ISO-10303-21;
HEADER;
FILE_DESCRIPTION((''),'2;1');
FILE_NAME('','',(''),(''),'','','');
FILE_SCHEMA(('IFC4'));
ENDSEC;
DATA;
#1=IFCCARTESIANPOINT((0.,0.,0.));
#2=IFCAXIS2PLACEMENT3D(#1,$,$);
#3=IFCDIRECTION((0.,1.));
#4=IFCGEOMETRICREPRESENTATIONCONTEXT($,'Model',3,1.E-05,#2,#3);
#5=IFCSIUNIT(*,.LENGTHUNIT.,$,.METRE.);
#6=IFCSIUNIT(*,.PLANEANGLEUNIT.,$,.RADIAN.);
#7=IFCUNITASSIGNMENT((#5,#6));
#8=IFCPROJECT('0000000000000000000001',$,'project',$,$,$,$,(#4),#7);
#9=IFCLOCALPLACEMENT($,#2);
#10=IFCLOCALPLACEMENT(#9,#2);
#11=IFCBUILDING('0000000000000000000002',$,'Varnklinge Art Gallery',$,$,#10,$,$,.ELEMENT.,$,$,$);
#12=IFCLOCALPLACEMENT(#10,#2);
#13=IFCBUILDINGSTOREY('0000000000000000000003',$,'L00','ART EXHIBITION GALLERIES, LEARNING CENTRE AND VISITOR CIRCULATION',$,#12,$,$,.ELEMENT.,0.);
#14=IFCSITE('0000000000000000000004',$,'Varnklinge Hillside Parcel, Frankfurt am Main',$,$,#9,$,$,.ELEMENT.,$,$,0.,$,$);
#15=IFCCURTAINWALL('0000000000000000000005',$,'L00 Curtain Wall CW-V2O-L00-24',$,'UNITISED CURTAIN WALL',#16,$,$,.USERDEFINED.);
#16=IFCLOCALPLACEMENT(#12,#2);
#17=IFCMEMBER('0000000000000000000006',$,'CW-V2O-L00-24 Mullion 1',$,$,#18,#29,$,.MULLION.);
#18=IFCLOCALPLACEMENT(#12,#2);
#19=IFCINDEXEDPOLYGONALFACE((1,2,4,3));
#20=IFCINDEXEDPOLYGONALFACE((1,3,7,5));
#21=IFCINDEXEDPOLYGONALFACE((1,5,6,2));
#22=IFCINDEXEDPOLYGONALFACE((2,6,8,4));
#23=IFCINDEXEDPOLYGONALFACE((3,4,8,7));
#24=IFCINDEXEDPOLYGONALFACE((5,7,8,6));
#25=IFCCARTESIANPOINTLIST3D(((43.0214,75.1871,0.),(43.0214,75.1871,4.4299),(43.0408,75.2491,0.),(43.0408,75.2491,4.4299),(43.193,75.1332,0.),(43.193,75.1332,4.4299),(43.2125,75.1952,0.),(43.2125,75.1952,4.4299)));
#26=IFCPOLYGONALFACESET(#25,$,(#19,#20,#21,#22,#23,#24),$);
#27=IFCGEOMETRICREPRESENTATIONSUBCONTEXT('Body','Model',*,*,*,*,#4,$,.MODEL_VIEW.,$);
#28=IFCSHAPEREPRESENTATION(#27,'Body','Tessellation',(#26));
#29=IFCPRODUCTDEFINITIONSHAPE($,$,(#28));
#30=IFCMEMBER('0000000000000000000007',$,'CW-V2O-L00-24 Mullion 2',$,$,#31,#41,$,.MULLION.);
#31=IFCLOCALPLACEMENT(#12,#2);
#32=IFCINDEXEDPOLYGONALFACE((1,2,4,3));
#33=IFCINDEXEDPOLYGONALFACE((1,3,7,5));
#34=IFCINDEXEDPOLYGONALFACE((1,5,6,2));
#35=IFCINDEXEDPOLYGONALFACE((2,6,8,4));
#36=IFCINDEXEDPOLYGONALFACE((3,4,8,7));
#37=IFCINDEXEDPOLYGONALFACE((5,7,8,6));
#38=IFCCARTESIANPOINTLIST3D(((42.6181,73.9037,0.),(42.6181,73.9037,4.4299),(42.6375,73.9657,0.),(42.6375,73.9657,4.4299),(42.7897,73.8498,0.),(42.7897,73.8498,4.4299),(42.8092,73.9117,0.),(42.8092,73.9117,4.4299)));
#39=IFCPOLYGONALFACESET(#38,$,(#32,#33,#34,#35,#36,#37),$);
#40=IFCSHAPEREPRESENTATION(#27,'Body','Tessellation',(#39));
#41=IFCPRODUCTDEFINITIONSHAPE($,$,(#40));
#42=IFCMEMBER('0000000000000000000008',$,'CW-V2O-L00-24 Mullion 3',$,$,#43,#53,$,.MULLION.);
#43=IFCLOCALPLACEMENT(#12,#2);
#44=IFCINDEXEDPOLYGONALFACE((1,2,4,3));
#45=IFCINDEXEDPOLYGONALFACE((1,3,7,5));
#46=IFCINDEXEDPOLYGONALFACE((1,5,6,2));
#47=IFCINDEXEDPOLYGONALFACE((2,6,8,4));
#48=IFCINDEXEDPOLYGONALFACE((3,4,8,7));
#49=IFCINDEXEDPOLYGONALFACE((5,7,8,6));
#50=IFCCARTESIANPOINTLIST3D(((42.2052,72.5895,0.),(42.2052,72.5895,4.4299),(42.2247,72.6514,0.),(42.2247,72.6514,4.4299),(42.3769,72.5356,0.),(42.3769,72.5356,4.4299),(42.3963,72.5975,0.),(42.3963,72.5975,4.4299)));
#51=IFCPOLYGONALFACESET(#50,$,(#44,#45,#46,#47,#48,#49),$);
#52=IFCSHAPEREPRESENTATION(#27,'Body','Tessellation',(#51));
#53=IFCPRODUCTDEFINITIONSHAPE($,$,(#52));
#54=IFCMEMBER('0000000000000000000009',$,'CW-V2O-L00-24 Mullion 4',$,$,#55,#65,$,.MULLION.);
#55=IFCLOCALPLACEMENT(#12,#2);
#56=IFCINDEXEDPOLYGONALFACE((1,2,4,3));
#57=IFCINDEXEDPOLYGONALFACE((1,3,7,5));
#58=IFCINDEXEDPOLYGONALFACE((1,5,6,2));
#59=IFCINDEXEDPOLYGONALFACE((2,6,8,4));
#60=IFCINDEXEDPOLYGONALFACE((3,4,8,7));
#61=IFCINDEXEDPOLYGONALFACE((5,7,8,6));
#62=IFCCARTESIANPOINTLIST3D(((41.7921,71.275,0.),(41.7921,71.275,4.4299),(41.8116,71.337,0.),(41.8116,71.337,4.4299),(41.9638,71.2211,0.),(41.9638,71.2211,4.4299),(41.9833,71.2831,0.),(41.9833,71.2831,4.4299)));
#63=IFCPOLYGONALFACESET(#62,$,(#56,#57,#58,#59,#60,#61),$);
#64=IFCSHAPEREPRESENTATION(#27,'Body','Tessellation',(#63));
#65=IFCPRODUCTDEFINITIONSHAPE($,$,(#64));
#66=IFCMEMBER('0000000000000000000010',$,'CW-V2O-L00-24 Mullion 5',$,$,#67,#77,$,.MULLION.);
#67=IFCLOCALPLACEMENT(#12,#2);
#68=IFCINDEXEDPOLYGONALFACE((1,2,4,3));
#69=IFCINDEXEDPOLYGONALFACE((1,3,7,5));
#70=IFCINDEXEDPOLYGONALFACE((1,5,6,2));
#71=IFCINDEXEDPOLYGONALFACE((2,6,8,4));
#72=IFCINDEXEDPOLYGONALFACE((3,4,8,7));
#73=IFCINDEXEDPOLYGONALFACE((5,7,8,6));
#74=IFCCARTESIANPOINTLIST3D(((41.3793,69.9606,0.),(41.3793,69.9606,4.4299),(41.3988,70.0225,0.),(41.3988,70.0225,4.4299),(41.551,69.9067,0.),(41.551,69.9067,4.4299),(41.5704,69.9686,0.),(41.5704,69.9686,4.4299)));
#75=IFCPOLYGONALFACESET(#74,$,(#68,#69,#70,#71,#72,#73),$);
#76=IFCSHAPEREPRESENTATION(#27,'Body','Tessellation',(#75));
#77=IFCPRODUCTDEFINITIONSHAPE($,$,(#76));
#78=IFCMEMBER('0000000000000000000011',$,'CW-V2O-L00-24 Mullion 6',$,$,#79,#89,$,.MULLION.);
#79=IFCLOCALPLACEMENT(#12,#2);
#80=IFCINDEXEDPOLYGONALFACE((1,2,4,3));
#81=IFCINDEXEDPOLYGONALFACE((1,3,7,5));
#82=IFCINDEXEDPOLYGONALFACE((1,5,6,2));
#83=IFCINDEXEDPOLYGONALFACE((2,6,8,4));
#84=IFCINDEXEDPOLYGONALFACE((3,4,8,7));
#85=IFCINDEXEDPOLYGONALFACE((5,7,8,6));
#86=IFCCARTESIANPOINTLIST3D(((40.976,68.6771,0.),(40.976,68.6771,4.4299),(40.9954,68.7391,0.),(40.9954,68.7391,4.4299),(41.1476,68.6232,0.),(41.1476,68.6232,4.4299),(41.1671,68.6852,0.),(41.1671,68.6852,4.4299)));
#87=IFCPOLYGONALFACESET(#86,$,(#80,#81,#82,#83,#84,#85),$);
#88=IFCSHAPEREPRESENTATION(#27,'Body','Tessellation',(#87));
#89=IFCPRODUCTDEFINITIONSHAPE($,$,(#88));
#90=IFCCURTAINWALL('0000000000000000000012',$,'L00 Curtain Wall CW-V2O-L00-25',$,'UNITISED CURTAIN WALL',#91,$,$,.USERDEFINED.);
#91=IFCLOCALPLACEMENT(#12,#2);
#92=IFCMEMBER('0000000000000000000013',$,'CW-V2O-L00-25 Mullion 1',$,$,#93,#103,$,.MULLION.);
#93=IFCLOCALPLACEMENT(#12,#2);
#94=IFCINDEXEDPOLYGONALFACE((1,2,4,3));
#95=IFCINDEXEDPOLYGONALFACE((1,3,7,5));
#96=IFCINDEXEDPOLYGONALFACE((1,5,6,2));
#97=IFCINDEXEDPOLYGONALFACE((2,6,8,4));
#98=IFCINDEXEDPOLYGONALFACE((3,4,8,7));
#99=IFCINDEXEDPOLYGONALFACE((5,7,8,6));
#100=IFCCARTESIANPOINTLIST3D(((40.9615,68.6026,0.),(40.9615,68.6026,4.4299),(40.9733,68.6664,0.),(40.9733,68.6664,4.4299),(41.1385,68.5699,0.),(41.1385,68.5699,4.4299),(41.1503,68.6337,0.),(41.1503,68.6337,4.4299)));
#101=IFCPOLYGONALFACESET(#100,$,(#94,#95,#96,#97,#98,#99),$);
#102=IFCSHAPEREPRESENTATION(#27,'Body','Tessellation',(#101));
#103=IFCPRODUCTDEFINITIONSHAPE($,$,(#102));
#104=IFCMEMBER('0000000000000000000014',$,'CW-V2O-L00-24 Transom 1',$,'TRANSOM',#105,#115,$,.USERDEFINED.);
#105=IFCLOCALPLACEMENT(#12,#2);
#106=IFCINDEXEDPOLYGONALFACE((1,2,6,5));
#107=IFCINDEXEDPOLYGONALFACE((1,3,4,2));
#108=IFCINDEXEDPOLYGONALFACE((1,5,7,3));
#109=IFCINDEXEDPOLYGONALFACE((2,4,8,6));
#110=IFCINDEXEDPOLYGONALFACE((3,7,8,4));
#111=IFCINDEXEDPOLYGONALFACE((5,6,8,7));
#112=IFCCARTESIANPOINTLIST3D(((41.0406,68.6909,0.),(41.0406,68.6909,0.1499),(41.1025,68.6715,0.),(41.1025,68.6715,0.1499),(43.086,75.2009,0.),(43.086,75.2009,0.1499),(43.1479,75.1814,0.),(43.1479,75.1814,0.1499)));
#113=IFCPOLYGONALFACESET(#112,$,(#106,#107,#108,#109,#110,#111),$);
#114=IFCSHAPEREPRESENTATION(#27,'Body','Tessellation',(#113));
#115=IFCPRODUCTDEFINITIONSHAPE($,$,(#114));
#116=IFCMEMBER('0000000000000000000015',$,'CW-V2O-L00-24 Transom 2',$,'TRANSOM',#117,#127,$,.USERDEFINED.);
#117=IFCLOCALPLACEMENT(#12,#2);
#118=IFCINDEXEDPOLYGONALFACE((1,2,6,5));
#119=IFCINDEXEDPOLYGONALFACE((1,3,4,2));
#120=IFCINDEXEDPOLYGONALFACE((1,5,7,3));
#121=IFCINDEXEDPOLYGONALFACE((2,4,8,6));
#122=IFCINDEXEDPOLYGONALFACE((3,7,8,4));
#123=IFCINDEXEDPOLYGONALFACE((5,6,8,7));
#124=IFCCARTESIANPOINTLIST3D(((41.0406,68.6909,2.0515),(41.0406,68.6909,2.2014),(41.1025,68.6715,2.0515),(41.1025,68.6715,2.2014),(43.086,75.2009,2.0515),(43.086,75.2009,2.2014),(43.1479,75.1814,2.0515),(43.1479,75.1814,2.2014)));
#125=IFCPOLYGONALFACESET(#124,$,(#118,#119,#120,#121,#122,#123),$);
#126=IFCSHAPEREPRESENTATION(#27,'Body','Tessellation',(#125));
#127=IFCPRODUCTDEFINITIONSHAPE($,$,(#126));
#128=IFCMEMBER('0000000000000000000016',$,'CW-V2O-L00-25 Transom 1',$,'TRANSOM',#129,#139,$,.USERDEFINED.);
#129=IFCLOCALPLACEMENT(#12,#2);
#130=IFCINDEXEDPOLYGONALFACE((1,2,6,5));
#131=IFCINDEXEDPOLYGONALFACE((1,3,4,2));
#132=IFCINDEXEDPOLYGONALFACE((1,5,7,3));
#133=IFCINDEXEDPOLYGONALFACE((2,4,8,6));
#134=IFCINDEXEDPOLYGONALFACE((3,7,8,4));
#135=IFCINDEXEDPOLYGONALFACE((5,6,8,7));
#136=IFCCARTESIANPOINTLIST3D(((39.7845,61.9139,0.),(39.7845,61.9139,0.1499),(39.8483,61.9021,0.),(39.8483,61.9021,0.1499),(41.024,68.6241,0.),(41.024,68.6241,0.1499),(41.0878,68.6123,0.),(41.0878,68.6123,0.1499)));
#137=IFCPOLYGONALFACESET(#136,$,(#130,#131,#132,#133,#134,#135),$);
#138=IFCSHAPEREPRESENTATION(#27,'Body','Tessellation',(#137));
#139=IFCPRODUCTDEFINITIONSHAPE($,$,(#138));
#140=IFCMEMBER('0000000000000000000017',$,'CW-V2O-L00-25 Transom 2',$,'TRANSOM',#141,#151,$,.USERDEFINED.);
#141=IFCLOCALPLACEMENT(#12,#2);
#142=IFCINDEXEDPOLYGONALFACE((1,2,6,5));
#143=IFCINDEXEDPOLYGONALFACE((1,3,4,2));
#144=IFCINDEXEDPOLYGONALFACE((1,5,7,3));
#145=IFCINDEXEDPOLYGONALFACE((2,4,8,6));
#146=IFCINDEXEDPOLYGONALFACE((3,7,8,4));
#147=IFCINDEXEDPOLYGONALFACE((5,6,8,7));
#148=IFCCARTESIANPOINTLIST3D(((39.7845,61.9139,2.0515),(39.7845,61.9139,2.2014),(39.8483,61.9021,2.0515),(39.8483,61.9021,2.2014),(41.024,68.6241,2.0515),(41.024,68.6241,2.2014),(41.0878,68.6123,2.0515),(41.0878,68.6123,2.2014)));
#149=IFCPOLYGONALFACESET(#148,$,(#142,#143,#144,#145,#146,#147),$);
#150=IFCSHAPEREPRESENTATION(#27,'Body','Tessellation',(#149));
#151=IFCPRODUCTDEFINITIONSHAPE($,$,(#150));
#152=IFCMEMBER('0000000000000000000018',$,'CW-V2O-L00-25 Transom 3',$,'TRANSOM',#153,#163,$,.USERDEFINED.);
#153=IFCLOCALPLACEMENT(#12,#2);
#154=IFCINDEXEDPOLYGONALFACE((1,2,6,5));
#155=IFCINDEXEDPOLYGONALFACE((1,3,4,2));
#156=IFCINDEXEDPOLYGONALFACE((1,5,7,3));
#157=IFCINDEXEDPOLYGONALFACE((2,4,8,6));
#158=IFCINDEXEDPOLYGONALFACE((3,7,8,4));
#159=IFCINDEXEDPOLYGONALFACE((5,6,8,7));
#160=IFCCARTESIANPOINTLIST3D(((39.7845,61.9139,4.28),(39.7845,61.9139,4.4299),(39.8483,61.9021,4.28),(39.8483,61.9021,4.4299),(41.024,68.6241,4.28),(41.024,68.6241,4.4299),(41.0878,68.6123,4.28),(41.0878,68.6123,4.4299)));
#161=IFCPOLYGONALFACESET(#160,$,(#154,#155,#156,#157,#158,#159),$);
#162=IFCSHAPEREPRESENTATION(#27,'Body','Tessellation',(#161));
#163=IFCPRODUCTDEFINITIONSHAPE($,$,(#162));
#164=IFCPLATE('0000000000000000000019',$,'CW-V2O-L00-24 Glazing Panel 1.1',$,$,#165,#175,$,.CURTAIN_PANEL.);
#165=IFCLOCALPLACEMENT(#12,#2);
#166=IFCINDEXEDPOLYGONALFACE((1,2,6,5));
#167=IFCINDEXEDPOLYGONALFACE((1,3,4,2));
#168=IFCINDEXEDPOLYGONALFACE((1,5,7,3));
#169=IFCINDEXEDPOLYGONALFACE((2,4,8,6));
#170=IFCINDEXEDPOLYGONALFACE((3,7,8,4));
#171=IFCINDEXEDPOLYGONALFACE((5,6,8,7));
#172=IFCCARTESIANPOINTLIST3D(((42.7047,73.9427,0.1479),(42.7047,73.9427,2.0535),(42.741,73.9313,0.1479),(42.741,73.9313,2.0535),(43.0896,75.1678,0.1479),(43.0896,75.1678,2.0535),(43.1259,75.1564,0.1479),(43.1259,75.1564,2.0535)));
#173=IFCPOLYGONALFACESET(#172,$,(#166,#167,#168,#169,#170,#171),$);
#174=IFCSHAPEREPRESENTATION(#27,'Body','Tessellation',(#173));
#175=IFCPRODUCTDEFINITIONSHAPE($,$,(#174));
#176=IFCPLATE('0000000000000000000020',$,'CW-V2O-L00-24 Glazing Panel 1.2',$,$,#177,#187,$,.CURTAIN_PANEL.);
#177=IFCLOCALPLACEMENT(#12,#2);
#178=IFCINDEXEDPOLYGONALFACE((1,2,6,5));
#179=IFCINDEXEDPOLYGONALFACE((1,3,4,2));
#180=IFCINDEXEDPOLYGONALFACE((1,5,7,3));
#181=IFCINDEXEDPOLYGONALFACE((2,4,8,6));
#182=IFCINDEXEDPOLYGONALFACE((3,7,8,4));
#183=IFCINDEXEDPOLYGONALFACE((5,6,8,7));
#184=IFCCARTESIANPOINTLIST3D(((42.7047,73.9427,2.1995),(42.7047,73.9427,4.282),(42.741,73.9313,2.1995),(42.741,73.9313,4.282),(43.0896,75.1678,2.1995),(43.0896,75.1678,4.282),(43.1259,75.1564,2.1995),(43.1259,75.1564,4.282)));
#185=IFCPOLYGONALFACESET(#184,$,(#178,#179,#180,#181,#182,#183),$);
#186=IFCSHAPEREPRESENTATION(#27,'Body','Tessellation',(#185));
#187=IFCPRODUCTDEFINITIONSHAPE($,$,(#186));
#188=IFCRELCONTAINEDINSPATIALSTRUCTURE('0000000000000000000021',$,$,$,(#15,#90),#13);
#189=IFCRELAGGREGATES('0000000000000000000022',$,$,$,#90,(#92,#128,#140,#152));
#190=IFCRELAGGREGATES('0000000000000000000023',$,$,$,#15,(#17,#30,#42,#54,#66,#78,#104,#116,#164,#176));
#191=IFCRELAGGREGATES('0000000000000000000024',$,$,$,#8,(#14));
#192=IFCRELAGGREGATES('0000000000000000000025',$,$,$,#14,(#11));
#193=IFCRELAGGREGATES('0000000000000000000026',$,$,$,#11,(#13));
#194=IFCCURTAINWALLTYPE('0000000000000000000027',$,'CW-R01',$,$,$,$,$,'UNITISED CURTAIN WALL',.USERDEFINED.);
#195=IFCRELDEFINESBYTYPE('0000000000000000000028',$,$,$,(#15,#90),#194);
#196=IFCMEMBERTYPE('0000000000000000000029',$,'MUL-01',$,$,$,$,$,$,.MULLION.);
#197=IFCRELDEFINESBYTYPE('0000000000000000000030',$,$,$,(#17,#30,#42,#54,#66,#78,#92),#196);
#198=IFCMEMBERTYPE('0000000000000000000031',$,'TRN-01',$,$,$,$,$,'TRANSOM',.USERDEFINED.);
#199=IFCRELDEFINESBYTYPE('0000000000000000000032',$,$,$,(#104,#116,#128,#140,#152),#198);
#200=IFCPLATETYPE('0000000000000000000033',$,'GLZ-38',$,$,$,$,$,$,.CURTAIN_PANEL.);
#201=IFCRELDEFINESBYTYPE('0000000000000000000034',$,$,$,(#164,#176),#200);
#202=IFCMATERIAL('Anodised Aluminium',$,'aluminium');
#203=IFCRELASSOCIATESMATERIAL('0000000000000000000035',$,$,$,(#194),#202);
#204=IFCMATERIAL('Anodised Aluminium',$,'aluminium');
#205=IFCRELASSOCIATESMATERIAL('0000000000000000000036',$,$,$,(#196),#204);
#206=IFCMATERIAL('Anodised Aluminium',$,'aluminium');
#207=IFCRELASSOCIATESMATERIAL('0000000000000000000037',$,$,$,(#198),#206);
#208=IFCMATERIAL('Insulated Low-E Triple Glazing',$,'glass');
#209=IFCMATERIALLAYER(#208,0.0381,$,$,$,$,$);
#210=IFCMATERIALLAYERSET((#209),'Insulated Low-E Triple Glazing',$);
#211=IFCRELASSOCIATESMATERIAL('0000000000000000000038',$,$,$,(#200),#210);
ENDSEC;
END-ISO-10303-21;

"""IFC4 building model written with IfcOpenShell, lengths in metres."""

from ifc_helpers import new_model, si_unit, direction, frame, origin, origin_2d, place, context, subcontext, project, spatial, rectangle, extrude, material, layer, layer_set, material_profile, profile_set, type_object, element, aggregate, save


model = new_model("IFC4")

# Units and contexts
model_context = context("Model", 3, precision=1e-05, world=origin(), true_north=direction((0.0, 1.0)))
body_context = subcontext(model_context, "Body", "Model", "MODEL_VIEW")
ifc_project = project(units=[si_unit("LENGTHUNIT", "METRE"), si_unit("PLANEANGLEUNIT", "RADIAN")], contexts=[model_context])

# Site, building, storey
site_placement = place(None, origin())
site = spatial("IfcSite", under=ifc_project, at=site_placement, Name="Varnklinge Hillside Parcel, Frankfurt am Main", CompositionType="ELEMENT", RefElevation=0.0)
building_placement = place(site_placement, origin())
building = spatial("IfcBuilding", under=site, at=building_placement, Name="Varnklinge Art Gallery", CompositionType="ELEMENT")
storey_placement = place(building_placement, origin())
storey = spatial("IfcBuildingStorey", under=building, at=storey_placement, Name="L00", Description="ART EXHIBITION GALLERIES, LEARNING CENTRE AND VISITOR CIRCULATION", CompositionType="ELEMENT", Elevation=0.0)

# Curtain wall, members
ifc_material_1 = material(Name="Anodised Aluminium", Category="aluminium")
curtain_wall_type = type_object("IfcCurtainWallType", Name="CW-R01", ElementType="UNITISED CURTAIN WALL", PredefinedType="USERDEFINED", material=ifc_material_1)
curtain_wall_1_placement = place(storey_placement, origin())
curtain_wall_1 = element("IfcCurtainWall", 1, at=curtain_wall_1_placement, inside=storey, type_object=curtain_wall_type, Name="L00 Curtain Wall CW-V2O-L00-24", ObjectType="UNITISED CURTAIN WALL", PredefinedType="USERDEFINED")
ifc_material_2 = material(Name="Anodised Aluminium", Category="aluminium")
ifc_material_profile_1 = material_profile(ifc_material_2, rectangle(XDim=0.0649, YDim=0.1799, at=origin_2d()), Name="ALU 65x180")
ifc_profile_set_1 = profile_set([ifc_material_profile_1], Name="Anodised Aluminium")
member_type_1 = type_object("IfcMemberType", Name="MUL-01", PredefinedType="MULLION", material=ifc_profile_set_1)
member_1_placement = place(storey_placement, frame((43.1169, 75.1912, 0.0), z_axis=(0.0, 0.0, 1.0), x_axis=(-0.299707, -0.954031, 0.0)))
member_1 = element("IfcMember", 2, at=member_1_placement, type_object=member_type_1, Name="CW-V2O-L00-24 Mullion 1", PredefinedType="MULLION", context=body_context, shape_type="SweptSolid", body=[
    extrude(rectangle(XDim=0.0649, YDim=0.1799, at=origin_2d()), origin(), (0.0, 0.0, 1.0), 4.4299),
])
member_2_placement = place(storey_placement, frame((42.7136, 73.9077, 0.0), z_axis=(0.0, 0.0, 1.0), x_axis=(-0.299707, -0.954031, 0.0)))
member_2 = element("IfcMember", 3, at=member_2_placement, type_object=member_type_1, Name="CW-V2O-L00-24 Mullion 2", PredefinedType="MULLION", context=body_context, shape_type="SweptSolid", body=[
    extrude(rectangle(XDim=0.0649, YDim=0.1799, at=origin_2d()), origin(), (0.0, 0.0, 1.0), 4.4299),
])
member_3_placement = place(storey_placement, frame((42.3008, 72.5935, 0.0), z_axis=(0.0, 0.0, 1.0), x_axis=(-0.299707, -0.954031, 0.0)))
member_3 = element("IfcMember", 4, at=member_3_placement, type_object=member_type_1, Name="CW-V2O-L00-24 Mullion 3", PredefinedType="MULLION", context=body_context, shape_type="SweptSolid", body=[
    extrude(rectangle(XDim=0.0649, YDim=0.1799, at=origin_2d()), origin(), (0.0, 0.0, 1.0), 4.4299),
])
member_4_placement = place(storey_placement, frame((41.8877, 71.2791, 0.0), z_axis=(0.0, 0.0, 1.0), x_axis=(-0.299707, -0.954031, 0.0)))
member_4 = element("IfcMember", 5, at=member_4_placement, type_object=member_type_1, Name="CW-V2O-L00-24 Mullion 4", PredefinedType="MULLION", context=body_context, shape_type="SweptSolid", body=[
    extrude(rectangle(XDim=0.0649, YDim=0.1799, at=origin_2d()), origin(), (0.0, 0.0, 1.0), 4.4299),
])
member_5_placement = place(storey_placement, frame((41.4749, 69.9646, 0.0), z_axis=(0.0, 0.0, 1.0), x_axis=(-0.299707, -0.954031, 0.0)))
member_5 = element("IfcMember", 6, at=member_5_placement, type_object=member_type_1, Name="CW-V2O-L00-24 Mullion 5", PredefinedType="MULLION", context=body_context, shape_type="SweptSolid", body=[
    extrude(rectangle(XDim=0.0649, YDim=0.1799, at=origin_2d()), origin(), (0.0, 0.0, 1.0), 4.4299),
])
member_6_placement = place(storey_placement, frame((41.0715, 68.6812, 0.0), z_axis=(0.0, 0.0, 1.0), x_axis=(-0.299707, -0.954031, 0.0)))
member_6 = element("IfcMember", 7, at=member_6_placement, type_object=member_type_1, Name="CW-V2O-L00-24 Mullion 6", PredefinedType="MULLION", context=body_context, shape_type="SweptSolid", body=[
    extrude(rectangle(XDim=0.0649, YDim=0.1799, at=origin_2d()), origin(), (0.0, 0.0, 1.0), 4.4299),
])

# Curtain wall, member
curtain_wall_2_placement = place(storey_placement, origin())
curtain_wall_2 = element("IfcCurtainWall", 8, at=curtain_wall_2_placement, inside=storey, type_object=curtain_wall_type, Name="L00 Curtain Wall CW-V2O-L00-25", ObjectType="UNITISED CURTAIN WALL", PredefinedType="USERDEFINED")
member_7_placement = place(storey_placement, frame((41.0559, 68.6182, 0.0), z_axis=(0.0, 0.0, 1.0), x_axis=(-0.181721, -0.98335, 0.0)))
member_7 = element("IfcMember", 9, at=member_7_placement, type_object=member_type_1, Name="CW-V2O-L00-25 Mullion 1", PredefinedType="MULLION", context=body_context, shape_type="SweptSolid", body=[
    extrude(rectangle(XDim=0.0649, YDim=0.1799, at=origin_2d()), origin(), (0.0, 0.0, 1.0), 4.4299),
])

# Members
ifc_material_3 = material(Name="Anodised Aluminium", Category="aluminium")
ifc_material_profile_2 = material_profile(ifc_material_3, rectangle(XDim=0.0649, YDim=0.1499, at=origin_2d()), Name="ALU 65x150")
ifc_profile_set_2 = profile_set([ifc_material_profile_2], Name="Anodised Aluminium")
member_type_2 = type_object("IfcMemberType", Name="TRN-01", ElementType="TRANSOM", PredefinedType="USERDEFINED", material=ifc_profile_set_2)
member_8_placement = place(storey_placement, frame((43.1169, 75.1912, 0.075), z_axis=(-0.299748, -0.954019, 0.0), x_axis=(0.954019, -0.299748, 0.0)))
member_8 = element("IfcMember", 10, at=member_8_placement, type_object=member_type_2, Name="CW-V2O-L00-24 Transom 1", ObjectType="TRANSOM", PredefinedType="USERDEFINED", context=body_context, shape_type="SweptSolid", body=[
    extrude(rectangle(XDim=0.0649, YDim=0.1499, at=origin_2d()), origin(), (0.0, 0.0, 1.0), 6.8237),
])
member_9_placement = place(storey_placement, frame((43.1169, 75.1912, 2.1265), z_axis=(-0.299748, -0.954019, 0.0), x_axis=(0.954019, -0.299748, 0.0)))
member_9 = element("IfcMember", 11, at=member_9_placement, type_object=member_type_2, Name="CW-V2O-L00-24 Transom 2", ObjectType="TRANSOM", PredefinedType="USERDEFINED", context=body_context, shape_type="SweptSolid", body=[
    extrude(rectangle(XDim=0.0649, YDim=0.1499, at=origin_2d()), origin(), (0.0, 0.0, 1.0), 6.8237),
])
member_10_placement = place(storey_placement, frame((41.0559, 68.6182, 0.075), z_axis=(-0.181646, -0.983364, 0.0), x_axis=(0.983364, -0.181646, 0.0)))
member_10 = element("IfcMember", 12, at=member_10_placement, type_object=member_type_2, Name="CW-V2O-L00-25 Transom 1", ObjectType="TRANSOM", PredefinedType="USERDEFINED", context=body_context, shape_type="SweptSolid", body=[
    extrude(rectangle(XDim=0.0649, YDim=0.1499, at=origin_2d()), origin(), (0.0, 0.0, 1.0), 6.8237),
])
member_11_placement = place(storey_placement, frame((41.0559, 68.6182, 2.1265), z_axis=(-0.181646, -0.983364, 0.0), x_axis=(0.983364, -0.181646, 0.0)))
member_11 = element("IfcMember", 13, at=member_11_placement, type_object=member_type_2, Name="CW-V2O-L00-25 Transom 2", ObjectType="TRANSOM", PredefinedType="USERDEFINED", context=body_context, shape_type="SweptSolid", body=[
    extrude(rectangle(XDim=0.0649, YDim=0.1499, at=origin_2d()), origin(), (0.0, 0.0, 1.0), 6.8237),
])
member_12_placement = place(storey_placement, frame((41.0559, 68.6182, 4.355), z_axis=(-0.181646, -0.983364, 0.0), x_axis=(0.983364, -0.181646, 0.0)))
member_12 = element("IfcMember", 14, at=member_12_placement, type_object=member_type_2, Name="CW-V2O-L00-25 Transom 3", ObjectType="TRANSOM", PredefinedType="USERDEFINED", context=body_context, shape_type="SweptSolid", body=[
    extrude(rectangle(XDim=0.0649, YDim=0.1499, at=origin_2d()), origin(), (0.0, 0.0, 1.0), 6.8237),
])
aggregate(curtain_wall_2, [member_7, member_10, member_11, member_12])

# Plates
ifc_material_4 = material(Name="Insulated Low-E Triple Glazing", Category="glass")
ifc_layer = layer(ifc_material_4, 0.0381)
ifc_layer_set = layer_set([ifc_layer], Name="Insulated Low-E Triple Glazing")
plate_type = type_object("IfcPlateType", Name="GLZ-38", PredefinedType="CURTAIN_PANEL", material=ifc_layer_set)
plate_1_placement = place(storey_placement, frame((42.9153, 74.5496, 0.1479), z_axis=(0.0, 0.0, 1.0), x_axis=(-0.299707, -0.954031, 0.0)))
plate_1 = element("IfcPlate", 15, at=plate_1_placement, type_object=plate_type, Name="CW-V2O-L00-24 Glazing Panel 1.1", PredefinedType="CURTAIN_PANEL", context=body_context, shape_type="SweptSolid", body=[
    extrude(rectangle(XDim=1.2842, YDim=0.0381, at=origin_2d()), origin(), (0.0, 0.0, 1.0), 1.9055),
])
plate_2_placement = place(storey_placement, frame((42.9153, 74.5496, 2.1995), z_axis=(0.0, 0.0, 1.0), x_axis=(-0.299707, -0.954031, 0.0)))
plate_2 = element("IfcPlate", 16, at=plate_2_placement, type_object=plate_type, Name="CW-V2O-L00-24 Glazing Panel 1.2", PredefinedType="CURTAIN_PANEL", context=body_context, shape_type="SweptSolid", body=[
    extrude(rectangle(XDim=1.2842, YDim=0.0381, at=origin_2d()), origin(), (0.0, 0.0, 1.0), 2.0825),
])
aggregate(curtain_wall_1, [member_1, member_2, member_3, member_4, member_5, member_6, member_8, member_9, plate_1, plate_2])

save(model, "model.ifc")
